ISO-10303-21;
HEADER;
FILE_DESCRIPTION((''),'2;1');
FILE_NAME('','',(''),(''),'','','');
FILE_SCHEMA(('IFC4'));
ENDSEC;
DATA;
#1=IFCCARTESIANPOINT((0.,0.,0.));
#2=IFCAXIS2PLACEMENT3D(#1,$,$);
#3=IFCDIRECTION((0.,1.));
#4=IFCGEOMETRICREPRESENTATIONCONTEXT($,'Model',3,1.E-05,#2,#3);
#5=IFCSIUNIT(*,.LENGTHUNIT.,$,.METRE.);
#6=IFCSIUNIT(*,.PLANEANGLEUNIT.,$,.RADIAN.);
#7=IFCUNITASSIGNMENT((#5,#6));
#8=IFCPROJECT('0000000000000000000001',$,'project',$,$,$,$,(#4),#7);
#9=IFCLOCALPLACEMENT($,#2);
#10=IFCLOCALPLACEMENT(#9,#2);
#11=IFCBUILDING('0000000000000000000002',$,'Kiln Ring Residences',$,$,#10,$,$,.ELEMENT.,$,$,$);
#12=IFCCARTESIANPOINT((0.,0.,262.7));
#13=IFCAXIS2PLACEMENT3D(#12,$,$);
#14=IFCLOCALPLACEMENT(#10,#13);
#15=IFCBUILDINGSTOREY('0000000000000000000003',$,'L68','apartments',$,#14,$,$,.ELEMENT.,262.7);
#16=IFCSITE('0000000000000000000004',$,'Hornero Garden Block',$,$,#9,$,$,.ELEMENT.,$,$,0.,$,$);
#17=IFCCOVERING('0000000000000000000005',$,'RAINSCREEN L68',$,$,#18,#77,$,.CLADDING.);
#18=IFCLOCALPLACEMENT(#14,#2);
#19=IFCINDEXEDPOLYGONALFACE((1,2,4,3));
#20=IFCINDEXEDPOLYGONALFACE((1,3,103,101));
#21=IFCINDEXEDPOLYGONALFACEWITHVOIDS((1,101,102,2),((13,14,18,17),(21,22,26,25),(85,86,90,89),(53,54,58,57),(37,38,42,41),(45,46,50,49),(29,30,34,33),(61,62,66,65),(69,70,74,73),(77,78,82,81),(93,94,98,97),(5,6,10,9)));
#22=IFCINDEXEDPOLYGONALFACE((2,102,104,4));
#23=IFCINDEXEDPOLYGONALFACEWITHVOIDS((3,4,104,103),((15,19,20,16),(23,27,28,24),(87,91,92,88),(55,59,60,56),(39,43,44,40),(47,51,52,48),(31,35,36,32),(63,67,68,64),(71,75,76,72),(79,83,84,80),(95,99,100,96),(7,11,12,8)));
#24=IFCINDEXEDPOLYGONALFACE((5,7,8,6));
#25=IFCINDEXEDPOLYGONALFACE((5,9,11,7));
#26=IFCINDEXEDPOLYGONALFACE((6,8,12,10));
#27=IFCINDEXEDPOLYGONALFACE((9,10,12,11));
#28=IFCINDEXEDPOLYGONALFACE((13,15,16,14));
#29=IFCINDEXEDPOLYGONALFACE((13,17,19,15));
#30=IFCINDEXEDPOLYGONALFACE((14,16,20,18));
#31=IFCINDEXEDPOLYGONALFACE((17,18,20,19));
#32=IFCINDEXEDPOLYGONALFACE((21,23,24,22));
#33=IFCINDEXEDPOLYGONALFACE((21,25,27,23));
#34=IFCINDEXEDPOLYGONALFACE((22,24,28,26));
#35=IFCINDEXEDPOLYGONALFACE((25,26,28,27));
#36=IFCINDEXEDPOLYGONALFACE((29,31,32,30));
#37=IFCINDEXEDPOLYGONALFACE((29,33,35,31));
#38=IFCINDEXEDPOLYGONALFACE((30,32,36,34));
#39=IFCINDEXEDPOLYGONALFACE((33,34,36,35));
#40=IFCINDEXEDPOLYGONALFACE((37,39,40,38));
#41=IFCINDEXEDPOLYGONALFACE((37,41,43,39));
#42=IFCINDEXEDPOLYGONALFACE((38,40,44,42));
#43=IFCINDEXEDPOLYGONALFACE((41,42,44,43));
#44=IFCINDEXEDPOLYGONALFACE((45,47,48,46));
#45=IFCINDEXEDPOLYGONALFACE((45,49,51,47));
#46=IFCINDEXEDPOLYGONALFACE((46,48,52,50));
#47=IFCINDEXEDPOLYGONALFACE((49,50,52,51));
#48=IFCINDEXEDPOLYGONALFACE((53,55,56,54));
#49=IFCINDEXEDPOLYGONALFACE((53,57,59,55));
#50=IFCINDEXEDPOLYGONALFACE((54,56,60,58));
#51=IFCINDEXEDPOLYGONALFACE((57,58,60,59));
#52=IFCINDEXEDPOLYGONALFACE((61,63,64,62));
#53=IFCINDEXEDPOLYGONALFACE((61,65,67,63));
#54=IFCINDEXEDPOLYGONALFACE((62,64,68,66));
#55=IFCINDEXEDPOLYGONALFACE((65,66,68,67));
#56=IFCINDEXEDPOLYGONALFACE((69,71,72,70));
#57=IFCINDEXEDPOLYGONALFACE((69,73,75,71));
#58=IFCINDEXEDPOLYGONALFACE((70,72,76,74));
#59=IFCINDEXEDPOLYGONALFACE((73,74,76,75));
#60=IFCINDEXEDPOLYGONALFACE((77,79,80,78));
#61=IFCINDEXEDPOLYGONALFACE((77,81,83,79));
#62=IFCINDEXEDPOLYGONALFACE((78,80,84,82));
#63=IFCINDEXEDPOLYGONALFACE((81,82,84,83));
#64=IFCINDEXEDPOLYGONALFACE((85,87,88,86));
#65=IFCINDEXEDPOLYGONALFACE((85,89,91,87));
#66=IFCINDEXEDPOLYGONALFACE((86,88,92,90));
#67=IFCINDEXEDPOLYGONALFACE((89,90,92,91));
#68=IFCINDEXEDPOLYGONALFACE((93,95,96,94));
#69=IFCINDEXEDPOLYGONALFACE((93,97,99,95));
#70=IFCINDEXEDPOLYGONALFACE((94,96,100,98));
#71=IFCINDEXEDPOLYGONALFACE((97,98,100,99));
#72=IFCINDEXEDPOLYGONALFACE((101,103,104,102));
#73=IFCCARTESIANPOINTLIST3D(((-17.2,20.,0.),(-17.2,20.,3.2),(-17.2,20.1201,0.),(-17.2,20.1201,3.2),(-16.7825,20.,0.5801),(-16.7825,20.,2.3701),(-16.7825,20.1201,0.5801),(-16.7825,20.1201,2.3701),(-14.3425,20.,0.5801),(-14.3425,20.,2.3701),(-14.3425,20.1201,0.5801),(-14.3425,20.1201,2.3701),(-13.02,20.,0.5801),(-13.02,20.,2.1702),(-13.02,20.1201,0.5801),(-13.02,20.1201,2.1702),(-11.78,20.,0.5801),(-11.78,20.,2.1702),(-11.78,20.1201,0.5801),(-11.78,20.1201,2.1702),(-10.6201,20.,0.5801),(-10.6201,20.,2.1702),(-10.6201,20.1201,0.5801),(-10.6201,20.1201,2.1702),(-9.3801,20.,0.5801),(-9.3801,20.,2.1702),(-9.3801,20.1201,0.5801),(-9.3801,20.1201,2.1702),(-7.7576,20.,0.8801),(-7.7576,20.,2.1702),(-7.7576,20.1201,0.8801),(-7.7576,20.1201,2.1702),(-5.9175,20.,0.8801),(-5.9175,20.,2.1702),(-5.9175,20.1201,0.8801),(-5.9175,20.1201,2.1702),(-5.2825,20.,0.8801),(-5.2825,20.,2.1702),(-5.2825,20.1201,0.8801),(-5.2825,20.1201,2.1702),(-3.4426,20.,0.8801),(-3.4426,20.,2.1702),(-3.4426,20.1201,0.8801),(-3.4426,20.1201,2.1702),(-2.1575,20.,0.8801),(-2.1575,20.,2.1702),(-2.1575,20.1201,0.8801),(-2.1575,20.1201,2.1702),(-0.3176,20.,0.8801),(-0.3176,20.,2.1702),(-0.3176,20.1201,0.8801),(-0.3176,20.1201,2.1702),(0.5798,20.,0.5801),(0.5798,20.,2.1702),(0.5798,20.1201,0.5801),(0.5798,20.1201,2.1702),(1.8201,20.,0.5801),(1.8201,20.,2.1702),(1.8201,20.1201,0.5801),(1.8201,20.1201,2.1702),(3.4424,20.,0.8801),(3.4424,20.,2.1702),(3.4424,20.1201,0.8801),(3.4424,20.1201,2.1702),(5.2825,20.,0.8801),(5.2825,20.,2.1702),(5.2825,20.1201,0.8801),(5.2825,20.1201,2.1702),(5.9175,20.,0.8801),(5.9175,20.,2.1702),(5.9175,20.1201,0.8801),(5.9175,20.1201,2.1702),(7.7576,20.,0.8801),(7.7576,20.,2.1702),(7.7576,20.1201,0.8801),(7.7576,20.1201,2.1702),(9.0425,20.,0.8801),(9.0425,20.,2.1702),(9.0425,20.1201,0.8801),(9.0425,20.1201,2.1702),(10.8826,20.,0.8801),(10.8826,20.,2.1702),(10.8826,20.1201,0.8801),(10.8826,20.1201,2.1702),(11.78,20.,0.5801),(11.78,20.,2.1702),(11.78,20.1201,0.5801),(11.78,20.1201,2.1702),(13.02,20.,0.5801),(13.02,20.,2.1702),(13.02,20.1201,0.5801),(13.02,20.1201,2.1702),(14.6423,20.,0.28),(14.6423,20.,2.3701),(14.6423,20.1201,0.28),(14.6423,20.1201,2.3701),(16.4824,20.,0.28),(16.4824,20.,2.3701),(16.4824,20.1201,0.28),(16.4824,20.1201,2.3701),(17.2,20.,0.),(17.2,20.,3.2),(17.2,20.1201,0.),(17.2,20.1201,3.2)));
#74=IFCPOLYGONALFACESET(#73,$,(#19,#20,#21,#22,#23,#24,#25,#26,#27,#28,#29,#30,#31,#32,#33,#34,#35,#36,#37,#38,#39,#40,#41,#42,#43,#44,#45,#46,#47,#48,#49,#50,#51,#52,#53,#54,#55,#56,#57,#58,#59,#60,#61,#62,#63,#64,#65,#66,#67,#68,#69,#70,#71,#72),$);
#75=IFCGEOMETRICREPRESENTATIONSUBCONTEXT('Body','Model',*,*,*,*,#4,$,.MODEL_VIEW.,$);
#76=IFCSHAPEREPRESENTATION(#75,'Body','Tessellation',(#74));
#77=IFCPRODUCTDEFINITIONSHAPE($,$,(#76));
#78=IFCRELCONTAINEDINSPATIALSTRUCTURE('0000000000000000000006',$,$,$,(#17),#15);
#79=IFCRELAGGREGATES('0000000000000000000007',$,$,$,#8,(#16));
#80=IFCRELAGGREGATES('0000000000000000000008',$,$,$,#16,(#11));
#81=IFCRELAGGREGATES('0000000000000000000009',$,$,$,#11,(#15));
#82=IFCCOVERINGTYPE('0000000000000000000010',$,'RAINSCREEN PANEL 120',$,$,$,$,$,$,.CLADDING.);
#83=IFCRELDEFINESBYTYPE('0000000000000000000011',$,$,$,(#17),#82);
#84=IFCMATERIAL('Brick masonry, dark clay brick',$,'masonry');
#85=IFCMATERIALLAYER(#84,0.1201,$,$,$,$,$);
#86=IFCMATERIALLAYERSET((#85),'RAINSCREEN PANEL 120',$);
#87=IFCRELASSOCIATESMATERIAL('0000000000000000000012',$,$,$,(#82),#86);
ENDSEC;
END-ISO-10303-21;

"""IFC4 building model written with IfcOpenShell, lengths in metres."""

from ifc_helpers import new_model, si_unit, direction, frame, origin, place, context, subcontext, project, spatial, polyline, outline, extrude, material, layer, layer_set, type_object, element, save


model = new_model("IFC4")

# Units and contexts
model_context = context("Model", 3, precision=1e-05, world=origin(), true_north=direction((0.0, 1.0)))
body_context = subcontext(model_context, "Body", "Model", "MODEL_VIEW")
ifc_project = project(units=[si_unit("LENGTHUNIT", "METRE"), si_unit("PLANEANGLEUNIT", "RADIAN")], contexts=[model_context])

# Site, building, storey
site_placement = place(None, origin())
site = spatial("IfcSite", under=ifc_project, at=site_placement, Name="Hornero Garden Block", CompositionType="ELEMENT", RefElevation=0.0)
building_placement = place(site_placement, origin())
building = spatial("IfcBuilding", under=site, at=building_placement, Name="Kiln Ring Residences", CompositionType="ELEMENT")
storey_placement = place(building_placement, frame((0.0, 0.0, 262.7)))
storey = spatial("IfcBuildingStorey", under=building, at=storey_placement, Name="L68", Description="apartments", CompositionType="ELEMENT", Elevation=262.7)

# Covering
ifc_material_1 = material(Name="Brick masonry, dark clay brick", Category="masonry")
ifc_layer_1 = layer(ifc_material_1, 0.1201)
ifc_layer_set_1 = layer_set([ifc_layer_1], Name="RAINSCREEN PANEL 120")
covering_type_1 = type_object("IfcCoveringType", Name="RAINSCREEN PANEL 120", PredefinedType="CLADDING", material=ifc_layer_set_1)
covering_1_placement = place(storey_placement, frame((17.2, 20.0601, 0.0), z_axis=(0.0, 0.0, 1.0), x_axis=(-1.0, 0.0, 0.0)))
element("IfcCovering", 1, at=covering_1_placement, inside=storey, type_object=covering_type_1, Name="RAINSCREEN L68", PredefinedType="CLADDING", context=body_context, shape_type="SweptSolid", body=[
    extrude(outline(polyline([(0.0, 0.0), (34.3999, 0.0), (34.3999, 3.2), (0.0, 3.2), (0.0, 0.0)]), holes=[polyline([(0.7175, 0.28), (2.5576, 0.28), (2.5576, 2.3701), (0.7175, 2.3701), (0.7175, 0.28)]), polyline([(4.1799, 2.1702), (4.1799, 0.5801), (5.4199, 0.5801), (5.4199, 2.1702), (4.1799, 2.1702)]), polyline([(15.3799, 2.1702), (15.3799, 0.5801), (16.6201, 0.5801), (16.6201, 2.1702), (15.3799, 2.1702)]), polyline([(6.3174, 0.8801), (8.1575, 0.8801), (8.1575, 2.1702), (6.3174, 2.1702), (6.3174, 0.8801)]), polyline([(9.4424, 2.1702), (9.4424, 0.8801), (11.2825, 0.8801), (11.2825, 2.1702), (9.4424, 2.1702)]), polyline([(11.9175, 2.1702), (11.9175, 0.8801), (13.7576, 0.8801), (13.7576, 2.1702), (11.9175, 2.1702)]), polyline([(26.5801, 0.5801), (27.8201, 0.5801), (27.8201, 2.1702), (26.5801, 2.1702), (26.5801, 0.5801)]), polyline([(28.98, 2.1702), (28.98, 0.5801), (30.22, 0.5801), (30.22, 2.1702), (28.98, 2.1702)]), polyline([(31.5425, 2.3701), (31.5425, 0.5801), (33.9824, 0.5801), (33.9824, 2.3701), (31.5425, 2.3701)]), polyline([(17.5176, 0.8801), (19.3574, 0.8801), (19.3574, 2.1702), (17.5176, 2.1702), (17.5176, 0.8801)]), polyline([(20.6426, 2.1702), (20.6426, 0.8801), (22.4824, 0.8801), (22.4824, 2.1702), (20.6426, 2.1702)]), polyline([(23.1174, 2.1702), (23.1174, 0.8801), (24.9575, 0.8801), (24.9575, 2.1702), (23.1174, 2.1702)])]), frame((0.0, 0.0601, 0.0), z_axis=(0.0, -1.0, 0.0), x_axis=(1.0, 0.0, 0.0)), (0.0, 0.0, 1.0), 0.1201),
])

save(model, "model.ifc")
